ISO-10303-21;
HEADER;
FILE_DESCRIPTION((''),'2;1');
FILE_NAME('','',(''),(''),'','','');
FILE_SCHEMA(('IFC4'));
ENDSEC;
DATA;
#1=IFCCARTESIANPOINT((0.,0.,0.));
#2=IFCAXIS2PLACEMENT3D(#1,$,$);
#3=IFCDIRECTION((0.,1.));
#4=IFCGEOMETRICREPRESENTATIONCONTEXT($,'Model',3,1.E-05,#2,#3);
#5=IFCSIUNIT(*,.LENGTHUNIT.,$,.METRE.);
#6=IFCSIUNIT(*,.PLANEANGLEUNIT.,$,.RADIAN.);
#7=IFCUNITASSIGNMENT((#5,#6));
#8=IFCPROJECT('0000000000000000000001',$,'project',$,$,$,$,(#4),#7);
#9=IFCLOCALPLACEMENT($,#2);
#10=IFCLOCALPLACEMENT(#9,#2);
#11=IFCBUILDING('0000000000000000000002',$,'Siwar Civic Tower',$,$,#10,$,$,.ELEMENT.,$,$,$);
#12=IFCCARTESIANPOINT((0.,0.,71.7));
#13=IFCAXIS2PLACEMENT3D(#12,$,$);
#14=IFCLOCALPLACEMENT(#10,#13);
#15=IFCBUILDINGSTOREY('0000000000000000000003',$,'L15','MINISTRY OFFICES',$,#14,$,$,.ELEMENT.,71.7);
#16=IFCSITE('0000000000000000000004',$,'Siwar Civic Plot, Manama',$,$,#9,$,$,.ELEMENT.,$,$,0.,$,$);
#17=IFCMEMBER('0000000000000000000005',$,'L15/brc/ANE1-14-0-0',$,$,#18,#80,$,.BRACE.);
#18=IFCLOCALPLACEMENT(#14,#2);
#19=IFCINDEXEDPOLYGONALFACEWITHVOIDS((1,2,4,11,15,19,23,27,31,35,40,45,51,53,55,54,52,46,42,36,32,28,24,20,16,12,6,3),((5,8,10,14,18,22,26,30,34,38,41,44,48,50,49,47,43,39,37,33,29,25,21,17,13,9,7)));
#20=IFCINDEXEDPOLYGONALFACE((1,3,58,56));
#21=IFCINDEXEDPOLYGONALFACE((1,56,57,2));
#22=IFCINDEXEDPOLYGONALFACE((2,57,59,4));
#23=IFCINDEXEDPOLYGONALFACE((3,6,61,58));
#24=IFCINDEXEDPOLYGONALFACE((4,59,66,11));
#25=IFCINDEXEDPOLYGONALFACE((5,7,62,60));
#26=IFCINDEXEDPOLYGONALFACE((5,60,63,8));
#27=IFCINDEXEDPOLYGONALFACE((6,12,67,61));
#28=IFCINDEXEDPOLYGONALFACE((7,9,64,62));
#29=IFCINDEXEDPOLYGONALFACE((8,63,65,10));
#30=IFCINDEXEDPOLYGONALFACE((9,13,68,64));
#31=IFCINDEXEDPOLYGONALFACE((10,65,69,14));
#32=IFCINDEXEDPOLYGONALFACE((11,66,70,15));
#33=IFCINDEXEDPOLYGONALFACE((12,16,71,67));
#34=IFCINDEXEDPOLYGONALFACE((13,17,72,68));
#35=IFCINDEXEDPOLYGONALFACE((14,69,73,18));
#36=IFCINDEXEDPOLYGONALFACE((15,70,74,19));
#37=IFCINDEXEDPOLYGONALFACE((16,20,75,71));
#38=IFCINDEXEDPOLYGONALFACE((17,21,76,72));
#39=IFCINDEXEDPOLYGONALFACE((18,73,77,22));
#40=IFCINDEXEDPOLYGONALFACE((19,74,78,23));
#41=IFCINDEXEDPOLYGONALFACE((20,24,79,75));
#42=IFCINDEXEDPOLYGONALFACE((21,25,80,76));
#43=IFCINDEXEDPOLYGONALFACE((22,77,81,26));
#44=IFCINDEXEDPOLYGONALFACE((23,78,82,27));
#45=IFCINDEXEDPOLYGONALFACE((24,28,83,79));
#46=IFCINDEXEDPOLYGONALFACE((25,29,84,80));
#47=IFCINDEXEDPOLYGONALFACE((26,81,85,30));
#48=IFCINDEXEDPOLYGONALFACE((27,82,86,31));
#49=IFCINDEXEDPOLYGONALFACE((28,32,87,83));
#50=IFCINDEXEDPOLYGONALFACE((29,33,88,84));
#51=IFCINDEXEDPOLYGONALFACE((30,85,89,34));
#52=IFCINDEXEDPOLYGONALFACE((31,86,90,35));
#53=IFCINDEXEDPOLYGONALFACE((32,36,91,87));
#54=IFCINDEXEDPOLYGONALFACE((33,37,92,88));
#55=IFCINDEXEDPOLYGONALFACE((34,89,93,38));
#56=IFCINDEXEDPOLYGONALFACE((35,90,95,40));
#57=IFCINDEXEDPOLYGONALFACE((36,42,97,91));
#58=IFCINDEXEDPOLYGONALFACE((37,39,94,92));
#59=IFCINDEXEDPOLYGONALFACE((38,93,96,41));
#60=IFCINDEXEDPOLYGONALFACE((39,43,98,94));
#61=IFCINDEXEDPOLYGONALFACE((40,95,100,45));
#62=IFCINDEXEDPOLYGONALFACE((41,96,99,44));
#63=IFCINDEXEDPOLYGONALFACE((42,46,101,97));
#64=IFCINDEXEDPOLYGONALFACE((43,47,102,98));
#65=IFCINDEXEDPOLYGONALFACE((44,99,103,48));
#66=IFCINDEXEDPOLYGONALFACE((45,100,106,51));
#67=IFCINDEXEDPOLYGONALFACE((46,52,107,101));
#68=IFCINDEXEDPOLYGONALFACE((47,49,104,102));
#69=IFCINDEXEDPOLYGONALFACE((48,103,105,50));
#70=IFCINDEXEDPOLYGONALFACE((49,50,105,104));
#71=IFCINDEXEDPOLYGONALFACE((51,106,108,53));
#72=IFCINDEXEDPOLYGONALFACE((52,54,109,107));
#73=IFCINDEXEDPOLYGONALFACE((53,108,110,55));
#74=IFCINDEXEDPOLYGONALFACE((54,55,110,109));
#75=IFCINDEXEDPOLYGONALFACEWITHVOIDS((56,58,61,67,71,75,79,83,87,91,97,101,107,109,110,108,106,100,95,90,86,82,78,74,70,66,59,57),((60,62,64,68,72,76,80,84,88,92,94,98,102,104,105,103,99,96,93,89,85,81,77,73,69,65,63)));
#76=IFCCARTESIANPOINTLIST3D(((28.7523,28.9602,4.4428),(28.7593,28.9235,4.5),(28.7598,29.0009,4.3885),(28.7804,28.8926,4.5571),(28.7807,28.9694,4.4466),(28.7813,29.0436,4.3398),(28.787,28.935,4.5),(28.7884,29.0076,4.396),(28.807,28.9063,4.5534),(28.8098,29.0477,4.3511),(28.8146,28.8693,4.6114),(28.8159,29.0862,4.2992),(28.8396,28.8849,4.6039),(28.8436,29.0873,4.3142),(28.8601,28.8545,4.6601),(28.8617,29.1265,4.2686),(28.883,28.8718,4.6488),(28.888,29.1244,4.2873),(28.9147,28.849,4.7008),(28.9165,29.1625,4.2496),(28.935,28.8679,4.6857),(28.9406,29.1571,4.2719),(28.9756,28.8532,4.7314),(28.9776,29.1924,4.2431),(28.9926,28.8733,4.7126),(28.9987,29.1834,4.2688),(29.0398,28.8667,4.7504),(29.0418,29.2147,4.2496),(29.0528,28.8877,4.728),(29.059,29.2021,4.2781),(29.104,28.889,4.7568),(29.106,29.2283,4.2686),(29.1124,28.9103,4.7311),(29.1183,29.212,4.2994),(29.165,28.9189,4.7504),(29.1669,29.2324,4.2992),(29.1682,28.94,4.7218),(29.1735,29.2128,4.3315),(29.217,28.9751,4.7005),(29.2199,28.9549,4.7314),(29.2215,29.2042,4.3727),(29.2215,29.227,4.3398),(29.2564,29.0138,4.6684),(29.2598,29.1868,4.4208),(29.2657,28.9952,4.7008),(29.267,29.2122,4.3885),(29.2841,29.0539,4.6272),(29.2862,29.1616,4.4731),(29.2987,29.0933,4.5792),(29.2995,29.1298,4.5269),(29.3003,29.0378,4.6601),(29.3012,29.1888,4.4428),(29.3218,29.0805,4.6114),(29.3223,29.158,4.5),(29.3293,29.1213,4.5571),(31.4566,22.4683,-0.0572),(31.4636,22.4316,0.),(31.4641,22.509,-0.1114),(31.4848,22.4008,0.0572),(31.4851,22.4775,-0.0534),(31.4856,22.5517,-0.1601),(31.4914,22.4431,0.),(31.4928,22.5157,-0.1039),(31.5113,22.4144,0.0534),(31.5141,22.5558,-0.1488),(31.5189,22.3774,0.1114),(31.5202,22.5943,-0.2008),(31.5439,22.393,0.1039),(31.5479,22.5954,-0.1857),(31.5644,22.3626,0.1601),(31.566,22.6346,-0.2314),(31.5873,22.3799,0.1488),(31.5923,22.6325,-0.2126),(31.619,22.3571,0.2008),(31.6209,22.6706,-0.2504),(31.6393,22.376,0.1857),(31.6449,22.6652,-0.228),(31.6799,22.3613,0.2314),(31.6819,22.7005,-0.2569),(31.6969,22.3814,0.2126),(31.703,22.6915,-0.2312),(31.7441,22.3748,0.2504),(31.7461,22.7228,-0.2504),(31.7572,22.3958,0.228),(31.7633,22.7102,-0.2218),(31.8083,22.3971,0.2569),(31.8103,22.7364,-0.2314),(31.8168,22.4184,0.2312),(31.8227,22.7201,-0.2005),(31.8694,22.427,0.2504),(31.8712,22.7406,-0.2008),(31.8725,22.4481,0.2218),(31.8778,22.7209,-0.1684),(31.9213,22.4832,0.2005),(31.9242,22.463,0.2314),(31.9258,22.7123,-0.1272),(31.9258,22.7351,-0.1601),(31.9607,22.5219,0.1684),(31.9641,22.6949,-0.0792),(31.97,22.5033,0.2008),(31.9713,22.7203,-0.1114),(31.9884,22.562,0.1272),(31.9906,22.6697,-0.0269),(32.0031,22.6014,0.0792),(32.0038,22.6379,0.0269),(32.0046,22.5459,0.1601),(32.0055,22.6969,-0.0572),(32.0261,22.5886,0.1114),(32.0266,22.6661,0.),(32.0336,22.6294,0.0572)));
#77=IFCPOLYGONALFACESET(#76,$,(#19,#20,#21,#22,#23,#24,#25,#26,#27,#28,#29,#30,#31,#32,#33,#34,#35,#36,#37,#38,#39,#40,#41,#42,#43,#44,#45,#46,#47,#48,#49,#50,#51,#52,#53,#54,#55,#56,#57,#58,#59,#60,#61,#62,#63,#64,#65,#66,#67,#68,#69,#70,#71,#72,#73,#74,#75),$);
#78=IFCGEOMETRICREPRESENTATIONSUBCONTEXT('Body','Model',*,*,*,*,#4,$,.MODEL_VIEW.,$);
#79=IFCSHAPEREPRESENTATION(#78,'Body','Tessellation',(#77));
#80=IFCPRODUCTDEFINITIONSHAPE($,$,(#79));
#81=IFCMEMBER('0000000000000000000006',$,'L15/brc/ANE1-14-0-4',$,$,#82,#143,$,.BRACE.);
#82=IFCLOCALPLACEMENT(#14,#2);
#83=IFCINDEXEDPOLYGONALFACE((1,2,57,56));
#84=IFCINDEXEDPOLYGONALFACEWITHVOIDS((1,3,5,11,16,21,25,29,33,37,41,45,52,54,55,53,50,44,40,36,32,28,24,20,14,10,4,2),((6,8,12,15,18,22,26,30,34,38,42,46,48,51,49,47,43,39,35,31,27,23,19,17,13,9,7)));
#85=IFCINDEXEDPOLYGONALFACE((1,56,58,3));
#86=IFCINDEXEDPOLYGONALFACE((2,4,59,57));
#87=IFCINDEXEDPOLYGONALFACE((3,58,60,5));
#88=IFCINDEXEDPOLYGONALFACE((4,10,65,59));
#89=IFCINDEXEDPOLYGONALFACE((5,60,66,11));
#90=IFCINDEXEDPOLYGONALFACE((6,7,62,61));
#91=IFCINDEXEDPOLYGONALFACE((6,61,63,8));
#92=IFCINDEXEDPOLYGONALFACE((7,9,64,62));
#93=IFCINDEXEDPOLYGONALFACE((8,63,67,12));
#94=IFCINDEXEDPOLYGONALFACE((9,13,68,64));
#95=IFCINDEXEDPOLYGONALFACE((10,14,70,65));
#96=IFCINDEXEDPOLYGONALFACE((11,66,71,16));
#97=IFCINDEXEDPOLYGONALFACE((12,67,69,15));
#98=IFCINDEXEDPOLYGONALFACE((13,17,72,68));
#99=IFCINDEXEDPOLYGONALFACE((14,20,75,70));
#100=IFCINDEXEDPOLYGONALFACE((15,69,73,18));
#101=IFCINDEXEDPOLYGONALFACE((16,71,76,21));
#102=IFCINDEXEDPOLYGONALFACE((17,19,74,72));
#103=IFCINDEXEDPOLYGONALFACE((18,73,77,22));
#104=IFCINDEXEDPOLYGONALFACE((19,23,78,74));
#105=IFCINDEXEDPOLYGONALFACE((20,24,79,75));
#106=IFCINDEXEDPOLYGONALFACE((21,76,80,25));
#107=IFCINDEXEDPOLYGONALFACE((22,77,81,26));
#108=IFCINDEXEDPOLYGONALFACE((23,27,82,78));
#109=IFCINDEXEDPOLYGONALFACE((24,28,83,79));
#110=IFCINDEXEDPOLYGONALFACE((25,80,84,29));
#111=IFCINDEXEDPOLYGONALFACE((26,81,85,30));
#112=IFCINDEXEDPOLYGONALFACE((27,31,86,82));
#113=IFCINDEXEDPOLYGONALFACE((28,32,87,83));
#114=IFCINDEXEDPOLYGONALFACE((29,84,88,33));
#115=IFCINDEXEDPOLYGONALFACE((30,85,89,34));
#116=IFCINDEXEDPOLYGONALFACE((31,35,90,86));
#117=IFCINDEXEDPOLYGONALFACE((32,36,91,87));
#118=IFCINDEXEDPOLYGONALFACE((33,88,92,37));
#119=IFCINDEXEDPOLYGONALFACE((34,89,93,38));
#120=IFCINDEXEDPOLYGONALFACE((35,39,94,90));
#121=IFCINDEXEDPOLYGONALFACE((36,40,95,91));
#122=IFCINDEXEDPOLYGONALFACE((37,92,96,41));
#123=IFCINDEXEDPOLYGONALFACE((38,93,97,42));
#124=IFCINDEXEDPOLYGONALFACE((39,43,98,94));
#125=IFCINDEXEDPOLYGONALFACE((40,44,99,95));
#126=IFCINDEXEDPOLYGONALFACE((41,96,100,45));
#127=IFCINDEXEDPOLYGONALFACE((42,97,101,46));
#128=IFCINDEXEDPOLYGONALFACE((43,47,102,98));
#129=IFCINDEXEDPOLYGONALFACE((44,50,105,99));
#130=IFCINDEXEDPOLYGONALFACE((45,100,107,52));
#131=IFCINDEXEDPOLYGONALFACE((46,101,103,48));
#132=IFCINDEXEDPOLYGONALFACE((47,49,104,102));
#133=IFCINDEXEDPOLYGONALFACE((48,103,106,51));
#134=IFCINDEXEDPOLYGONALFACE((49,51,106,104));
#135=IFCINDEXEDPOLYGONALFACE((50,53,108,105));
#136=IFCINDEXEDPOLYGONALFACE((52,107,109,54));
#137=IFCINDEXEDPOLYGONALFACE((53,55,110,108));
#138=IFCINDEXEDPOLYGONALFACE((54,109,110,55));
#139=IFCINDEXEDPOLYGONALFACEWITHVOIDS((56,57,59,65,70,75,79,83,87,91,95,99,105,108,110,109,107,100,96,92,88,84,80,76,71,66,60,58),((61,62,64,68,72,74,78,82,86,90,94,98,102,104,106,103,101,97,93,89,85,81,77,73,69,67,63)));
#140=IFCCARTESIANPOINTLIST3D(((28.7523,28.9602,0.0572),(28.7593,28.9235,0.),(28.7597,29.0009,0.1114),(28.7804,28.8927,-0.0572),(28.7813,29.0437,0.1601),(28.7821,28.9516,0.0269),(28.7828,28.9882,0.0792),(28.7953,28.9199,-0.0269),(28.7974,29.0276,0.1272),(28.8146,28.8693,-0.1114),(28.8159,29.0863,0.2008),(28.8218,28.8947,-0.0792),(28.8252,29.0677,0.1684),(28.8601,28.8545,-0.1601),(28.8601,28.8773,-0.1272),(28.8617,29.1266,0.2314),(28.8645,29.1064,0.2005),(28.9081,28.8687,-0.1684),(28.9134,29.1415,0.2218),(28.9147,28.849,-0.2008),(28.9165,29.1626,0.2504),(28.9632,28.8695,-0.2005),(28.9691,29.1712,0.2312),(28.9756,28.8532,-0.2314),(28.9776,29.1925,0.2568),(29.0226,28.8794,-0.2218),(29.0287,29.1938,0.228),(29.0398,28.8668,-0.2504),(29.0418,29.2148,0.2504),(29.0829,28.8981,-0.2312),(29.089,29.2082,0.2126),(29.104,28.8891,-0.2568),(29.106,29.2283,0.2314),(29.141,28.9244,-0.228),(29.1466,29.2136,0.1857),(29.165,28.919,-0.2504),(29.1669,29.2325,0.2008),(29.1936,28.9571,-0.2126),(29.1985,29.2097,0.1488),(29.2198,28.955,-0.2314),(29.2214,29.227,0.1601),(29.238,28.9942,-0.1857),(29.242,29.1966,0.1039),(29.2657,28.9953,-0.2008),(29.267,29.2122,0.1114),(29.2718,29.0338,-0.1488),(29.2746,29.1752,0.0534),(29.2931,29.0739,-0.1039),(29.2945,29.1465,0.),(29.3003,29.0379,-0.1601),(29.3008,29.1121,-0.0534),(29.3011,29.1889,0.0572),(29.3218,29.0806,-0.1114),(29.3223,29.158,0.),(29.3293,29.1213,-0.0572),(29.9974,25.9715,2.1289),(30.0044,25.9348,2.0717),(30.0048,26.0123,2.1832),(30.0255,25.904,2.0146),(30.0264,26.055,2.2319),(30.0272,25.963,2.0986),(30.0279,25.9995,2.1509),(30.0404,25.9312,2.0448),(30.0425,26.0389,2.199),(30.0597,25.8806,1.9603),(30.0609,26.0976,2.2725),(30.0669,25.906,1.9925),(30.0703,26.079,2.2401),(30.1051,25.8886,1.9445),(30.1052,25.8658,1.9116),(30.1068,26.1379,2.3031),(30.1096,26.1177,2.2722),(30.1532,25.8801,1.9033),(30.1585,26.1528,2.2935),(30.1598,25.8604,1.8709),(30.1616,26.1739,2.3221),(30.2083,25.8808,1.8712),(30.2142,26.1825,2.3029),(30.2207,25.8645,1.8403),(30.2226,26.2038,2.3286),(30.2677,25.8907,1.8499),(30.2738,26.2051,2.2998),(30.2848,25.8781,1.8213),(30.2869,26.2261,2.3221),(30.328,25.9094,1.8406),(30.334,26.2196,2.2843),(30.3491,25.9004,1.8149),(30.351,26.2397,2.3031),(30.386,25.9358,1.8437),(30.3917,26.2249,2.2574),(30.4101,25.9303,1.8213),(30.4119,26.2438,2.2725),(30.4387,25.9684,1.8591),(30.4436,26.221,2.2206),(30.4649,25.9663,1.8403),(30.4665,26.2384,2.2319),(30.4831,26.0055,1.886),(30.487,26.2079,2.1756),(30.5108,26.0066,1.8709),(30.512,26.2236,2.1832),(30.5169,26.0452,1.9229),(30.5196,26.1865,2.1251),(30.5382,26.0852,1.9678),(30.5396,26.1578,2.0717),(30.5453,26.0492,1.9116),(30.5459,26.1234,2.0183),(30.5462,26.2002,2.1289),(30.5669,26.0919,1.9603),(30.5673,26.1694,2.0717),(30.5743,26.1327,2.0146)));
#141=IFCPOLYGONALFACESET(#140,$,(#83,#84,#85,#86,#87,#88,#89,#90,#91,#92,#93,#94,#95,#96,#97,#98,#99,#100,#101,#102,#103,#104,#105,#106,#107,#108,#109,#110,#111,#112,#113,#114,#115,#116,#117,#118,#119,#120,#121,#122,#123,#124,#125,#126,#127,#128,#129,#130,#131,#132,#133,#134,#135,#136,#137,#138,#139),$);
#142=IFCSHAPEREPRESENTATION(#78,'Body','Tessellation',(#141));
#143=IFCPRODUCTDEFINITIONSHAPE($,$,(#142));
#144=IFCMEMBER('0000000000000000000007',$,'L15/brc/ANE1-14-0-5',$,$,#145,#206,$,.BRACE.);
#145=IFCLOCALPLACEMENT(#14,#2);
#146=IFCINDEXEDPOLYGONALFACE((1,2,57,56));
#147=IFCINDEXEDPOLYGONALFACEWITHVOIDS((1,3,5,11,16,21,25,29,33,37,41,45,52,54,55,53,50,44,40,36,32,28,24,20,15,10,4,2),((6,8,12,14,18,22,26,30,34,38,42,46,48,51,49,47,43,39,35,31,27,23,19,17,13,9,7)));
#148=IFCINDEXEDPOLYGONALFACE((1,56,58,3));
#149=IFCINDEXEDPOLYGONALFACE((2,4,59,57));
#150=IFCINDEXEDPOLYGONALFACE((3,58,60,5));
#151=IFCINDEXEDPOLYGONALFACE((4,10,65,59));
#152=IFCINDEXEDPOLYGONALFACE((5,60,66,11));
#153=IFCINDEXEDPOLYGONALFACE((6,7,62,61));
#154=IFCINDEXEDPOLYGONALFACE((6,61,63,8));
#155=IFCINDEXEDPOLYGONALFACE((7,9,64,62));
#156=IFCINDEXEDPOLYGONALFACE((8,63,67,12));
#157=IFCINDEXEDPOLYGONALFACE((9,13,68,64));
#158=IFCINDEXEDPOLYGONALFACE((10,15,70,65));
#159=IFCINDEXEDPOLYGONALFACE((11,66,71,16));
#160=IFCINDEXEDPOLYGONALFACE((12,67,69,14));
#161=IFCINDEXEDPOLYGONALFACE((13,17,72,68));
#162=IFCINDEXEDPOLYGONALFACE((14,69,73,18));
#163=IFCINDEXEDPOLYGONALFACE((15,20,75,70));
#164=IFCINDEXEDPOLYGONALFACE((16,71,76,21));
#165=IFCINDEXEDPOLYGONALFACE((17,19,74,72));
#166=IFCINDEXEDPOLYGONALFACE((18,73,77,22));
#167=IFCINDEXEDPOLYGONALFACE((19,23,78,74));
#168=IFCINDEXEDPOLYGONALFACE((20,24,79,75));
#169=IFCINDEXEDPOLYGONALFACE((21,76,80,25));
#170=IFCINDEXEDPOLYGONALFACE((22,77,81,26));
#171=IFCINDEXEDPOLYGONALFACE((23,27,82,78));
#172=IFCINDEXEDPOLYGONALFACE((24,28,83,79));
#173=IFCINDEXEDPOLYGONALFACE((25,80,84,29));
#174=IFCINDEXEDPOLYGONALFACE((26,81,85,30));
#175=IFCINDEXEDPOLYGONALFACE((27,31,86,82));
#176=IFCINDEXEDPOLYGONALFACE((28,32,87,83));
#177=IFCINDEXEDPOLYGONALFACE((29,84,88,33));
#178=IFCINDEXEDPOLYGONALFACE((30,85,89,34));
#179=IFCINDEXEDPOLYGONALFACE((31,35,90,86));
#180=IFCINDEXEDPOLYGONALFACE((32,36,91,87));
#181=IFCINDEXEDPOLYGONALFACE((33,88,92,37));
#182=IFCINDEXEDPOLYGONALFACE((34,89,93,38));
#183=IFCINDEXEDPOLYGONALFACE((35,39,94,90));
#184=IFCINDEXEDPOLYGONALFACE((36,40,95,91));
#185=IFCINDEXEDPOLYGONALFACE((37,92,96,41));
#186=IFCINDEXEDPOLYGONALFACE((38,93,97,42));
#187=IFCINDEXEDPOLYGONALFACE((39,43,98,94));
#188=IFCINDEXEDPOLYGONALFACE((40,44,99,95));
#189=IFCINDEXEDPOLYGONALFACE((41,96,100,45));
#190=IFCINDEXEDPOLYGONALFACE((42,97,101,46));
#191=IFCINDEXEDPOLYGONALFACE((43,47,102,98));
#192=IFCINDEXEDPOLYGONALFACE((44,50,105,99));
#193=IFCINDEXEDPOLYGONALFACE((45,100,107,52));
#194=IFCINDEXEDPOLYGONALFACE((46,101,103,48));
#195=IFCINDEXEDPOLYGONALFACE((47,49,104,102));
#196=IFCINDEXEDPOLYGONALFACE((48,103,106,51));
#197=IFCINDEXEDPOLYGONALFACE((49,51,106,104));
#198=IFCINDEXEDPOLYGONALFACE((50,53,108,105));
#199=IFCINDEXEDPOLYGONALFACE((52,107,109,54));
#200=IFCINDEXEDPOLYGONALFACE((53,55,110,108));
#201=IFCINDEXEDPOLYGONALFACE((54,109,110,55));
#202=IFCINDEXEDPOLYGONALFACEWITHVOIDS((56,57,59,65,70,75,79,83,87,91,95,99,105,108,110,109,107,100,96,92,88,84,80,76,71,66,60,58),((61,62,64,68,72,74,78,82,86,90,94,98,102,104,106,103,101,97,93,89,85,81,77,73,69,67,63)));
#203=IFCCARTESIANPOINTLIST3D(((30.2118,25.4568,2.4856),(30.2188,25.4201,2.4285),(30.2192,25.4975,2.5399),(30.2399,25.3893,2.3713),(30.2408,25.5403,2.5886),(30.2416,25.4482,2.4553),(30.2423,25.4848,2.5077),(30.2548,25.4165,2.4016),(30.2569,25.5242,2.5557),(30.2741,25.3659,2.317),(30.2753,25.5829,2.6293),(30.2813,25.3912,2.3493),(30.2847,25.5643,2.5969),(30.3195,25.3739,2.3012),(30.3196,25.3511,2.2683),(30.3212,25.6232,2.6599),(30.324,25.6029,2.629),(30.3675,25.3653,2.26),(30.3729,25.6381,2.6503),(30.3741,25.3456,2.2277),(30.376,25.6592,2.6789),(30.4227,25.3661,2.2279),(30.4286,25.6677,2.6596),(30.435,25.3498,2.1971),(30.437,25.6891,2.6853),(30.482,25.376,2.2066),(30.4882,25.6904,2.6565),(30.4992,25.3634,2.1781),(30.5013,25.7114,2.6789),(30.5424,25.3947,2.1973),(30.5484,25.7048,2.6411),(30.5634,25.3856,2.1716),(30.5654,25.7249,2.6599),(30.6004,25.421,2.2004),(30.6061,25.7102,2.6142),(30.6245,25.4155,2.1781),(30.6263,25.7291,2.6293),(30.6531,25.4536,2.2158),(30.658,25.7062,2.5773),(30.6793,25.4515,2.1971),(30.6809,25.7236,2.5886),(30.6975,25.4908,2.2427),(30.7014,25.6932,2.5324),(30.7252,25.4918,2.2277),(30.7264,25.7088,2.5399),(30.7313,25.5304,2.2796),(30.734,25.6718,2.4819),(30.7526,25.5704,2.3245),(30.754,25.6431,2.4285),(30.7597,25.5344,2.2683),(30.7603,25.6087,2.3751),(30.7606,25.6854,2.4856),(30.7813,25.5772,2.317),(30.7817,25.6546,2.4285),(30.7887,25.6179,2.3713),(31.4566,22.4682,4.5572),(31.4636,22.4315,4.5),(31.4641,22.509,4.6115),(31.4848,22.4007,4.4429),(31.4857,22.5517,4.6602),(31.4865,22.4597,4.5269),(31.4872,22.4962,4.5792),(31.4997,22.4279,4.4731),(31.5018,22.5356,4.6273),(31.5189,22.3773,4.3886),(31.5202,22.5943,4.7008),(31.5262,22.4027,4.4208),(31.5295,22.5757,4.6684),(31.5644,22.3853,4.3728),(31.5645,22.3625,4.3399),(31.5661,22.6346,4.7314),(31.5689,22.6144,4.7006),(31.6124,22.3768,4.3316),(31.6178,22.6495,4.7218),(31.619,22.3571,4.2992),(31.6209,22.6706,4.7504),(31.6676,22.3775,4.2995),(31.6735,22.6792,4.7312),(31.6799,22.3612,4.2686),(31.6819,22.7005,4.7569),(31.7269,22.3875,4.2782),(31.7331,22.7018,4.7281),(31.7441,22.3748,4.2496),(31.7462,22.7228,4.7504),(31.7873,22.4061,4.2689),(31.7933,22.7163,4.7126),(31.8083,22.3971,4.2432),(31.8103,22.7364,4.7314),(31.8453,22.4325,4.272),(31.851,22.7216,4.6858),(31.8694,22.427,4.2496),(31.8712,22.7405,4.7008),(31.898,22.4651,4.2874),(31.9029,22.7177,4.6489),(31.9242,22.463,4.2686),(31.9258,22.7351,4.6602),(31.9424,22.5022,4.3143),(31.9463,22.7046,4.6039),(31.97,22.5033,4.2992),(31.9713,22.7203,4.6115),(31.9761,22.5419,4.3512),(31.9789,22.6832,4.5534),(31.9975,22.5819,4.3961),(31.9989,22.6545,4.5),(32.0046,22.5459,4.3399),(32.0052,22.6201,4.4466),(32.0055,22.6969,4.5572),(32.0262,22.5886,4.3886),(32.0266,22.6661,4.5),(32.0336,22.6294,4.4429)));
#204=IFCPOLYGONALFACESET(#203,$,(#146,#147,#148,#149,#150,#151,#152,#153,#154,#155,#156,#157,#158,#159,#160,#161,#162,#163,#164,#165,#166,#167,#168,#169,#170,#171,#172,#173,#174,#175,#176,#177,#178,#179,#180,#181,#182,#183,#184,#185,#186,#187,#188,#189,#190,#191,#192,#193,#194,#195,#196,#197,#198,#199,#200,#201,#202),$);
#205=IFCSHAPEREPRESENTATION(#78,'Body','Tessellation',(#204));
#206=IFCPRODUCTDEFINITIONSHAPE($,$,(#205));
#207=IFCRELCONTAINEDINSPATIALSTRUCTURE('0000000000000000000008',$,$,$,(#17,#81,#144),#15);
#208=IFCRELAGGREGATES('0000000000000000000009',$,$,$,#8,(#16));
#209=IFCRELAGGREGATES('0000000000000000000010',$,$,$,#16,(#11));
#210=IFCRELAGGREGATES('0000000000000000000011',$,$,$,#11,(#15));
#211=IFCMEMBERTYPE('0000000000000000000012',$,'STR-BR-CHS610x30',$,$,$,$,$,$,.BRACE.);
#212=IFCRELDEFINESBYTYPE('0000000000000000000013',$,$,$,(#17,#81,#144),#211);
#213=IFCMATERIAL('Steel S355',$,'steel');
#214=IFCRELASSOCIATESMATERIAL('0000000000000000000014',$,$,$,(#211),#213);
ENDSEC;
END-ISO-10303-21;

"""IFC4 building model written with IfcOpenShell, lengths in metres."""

from ifc_helpers import new_model, si_unit, direction, frame, origin, origin_2d, place, context, subcontext, project, spatial, hollow_circle, extrude, material, material_profile, profile_set, type_object, element, save


model = new_model("IFC4")

# Units and contexts
model_context = context("Model", 3, precision=1e-05, world=origin(), true_north=direction((0.0, 1.0)))
body_context = subcontext(model_context, "Body", "Model", "MODEL_VIEW")
ifc_project = project(units=[si_unit("LENGTHUNIT", "METRE"), si_unit("PLANEANGLEUNIT", "RADIAN")], contexts=[model_context])

# Site, building, storey
site_placement = place(None, origin())
site = spatial("IfcSite", under=ifc_project, at=site_placement, Name="Siwar Civic Plot, Manama", CompositionType="ELEMENT", RefElevation=0.0)
building_placement = place(site_placement, origin())
building = spatial("IfcBuilding", under=site, at=building_placement, Name="Siwar Civic Tower", CompositionType="ELEMENT")
storey_placement = place(building_placement, frame((0.0, 0.0, 71.7)))
storey = spatial("IfcBuildingStorey", under=building, at=storey_placement, Name="L15", Description="MINISTRY OFFICES", CompositionType="ELEMENT", Elevation=71.7)

# Members
ifc_material_1 = material(Name="Steel S355", Category="steel")
ifc_material_profile_1 = material_profile(ifc_material_1, hollow_circle(Radius=0.3049, WallThickness=0.03, at=origin_2d()), Name="CHS610x30")
ifc_profile_set_1 = profile_set([ifc_material_profile_1], Name="Steel S355")
member_type_1 = type_object("IfcMemberType", Name="STR-BR-CHS610x30", PredefinedType="BRACE", material=ifc_profile_set_1)
member_1_placement = place(storey_placement, frame((31.7451, 22.5488, 0.0), z_axis=(-0.323906, 0.777555, 0.538975), x_axis=(-0.923109, -0.384539, 0.0)))
element("IfcMember", 1, at=member_1_placement, inside=storey, type_object=member_type_1, Name="L15/brc/ANE1-14-0-0", PredefinedType="BRACE", context=body_context, shape_type="SweptSolid", body=[
    extrude(hollow_circle(Radius=0.3049, WallThickness=0.03, at=origin_2d()), origin(), (0.0, 0.0, 1.0), 8.3491),
])
member_2_placement = place(storey_placement, frame((29.0408, 29.0408, 0.0), z_axis=(0.323923, -0.777542, 0.538982), x_axis=(0.923099, 0.384562, 0.0)))
element("IfcMember", 2, at=member_2_placement, inside=storey, type_object=member_type_1, Name="L15/brc/ANE1-14-0-4", PredefinedType="BRACE", context=body_context, shape_type="SweptSolid", body=[
    extrude(hollow_circle(Radius=0.3049, WallThickness=0.03, at=origin_2d()), origin(), (0.0, 0.0, 1.0), 3.8438),
])
member_3_placement = place(storey_placement, frame((30.5002, 25.5374, 2.4285), z_axis=(0.323893, -0.77756, 0.538975), x_axis=(0.923115, 0.384524, 0.0)))
element("IfcMember", 3, at=member_3_placement, inside=storey, type_object=member_type_1, Name="L15/brc/ANE1-14-0-5", PredefinedType="BRACE", context=body_context, shape_type="SweptSolid", body=[
    extrude(hollow_circle(Radius=0.3049, WallThickness=0.03, at=origin_2d()), origin(), (0.0, 0.0, 1.0), 3.8435),
])

save(model, "model.ifc")
